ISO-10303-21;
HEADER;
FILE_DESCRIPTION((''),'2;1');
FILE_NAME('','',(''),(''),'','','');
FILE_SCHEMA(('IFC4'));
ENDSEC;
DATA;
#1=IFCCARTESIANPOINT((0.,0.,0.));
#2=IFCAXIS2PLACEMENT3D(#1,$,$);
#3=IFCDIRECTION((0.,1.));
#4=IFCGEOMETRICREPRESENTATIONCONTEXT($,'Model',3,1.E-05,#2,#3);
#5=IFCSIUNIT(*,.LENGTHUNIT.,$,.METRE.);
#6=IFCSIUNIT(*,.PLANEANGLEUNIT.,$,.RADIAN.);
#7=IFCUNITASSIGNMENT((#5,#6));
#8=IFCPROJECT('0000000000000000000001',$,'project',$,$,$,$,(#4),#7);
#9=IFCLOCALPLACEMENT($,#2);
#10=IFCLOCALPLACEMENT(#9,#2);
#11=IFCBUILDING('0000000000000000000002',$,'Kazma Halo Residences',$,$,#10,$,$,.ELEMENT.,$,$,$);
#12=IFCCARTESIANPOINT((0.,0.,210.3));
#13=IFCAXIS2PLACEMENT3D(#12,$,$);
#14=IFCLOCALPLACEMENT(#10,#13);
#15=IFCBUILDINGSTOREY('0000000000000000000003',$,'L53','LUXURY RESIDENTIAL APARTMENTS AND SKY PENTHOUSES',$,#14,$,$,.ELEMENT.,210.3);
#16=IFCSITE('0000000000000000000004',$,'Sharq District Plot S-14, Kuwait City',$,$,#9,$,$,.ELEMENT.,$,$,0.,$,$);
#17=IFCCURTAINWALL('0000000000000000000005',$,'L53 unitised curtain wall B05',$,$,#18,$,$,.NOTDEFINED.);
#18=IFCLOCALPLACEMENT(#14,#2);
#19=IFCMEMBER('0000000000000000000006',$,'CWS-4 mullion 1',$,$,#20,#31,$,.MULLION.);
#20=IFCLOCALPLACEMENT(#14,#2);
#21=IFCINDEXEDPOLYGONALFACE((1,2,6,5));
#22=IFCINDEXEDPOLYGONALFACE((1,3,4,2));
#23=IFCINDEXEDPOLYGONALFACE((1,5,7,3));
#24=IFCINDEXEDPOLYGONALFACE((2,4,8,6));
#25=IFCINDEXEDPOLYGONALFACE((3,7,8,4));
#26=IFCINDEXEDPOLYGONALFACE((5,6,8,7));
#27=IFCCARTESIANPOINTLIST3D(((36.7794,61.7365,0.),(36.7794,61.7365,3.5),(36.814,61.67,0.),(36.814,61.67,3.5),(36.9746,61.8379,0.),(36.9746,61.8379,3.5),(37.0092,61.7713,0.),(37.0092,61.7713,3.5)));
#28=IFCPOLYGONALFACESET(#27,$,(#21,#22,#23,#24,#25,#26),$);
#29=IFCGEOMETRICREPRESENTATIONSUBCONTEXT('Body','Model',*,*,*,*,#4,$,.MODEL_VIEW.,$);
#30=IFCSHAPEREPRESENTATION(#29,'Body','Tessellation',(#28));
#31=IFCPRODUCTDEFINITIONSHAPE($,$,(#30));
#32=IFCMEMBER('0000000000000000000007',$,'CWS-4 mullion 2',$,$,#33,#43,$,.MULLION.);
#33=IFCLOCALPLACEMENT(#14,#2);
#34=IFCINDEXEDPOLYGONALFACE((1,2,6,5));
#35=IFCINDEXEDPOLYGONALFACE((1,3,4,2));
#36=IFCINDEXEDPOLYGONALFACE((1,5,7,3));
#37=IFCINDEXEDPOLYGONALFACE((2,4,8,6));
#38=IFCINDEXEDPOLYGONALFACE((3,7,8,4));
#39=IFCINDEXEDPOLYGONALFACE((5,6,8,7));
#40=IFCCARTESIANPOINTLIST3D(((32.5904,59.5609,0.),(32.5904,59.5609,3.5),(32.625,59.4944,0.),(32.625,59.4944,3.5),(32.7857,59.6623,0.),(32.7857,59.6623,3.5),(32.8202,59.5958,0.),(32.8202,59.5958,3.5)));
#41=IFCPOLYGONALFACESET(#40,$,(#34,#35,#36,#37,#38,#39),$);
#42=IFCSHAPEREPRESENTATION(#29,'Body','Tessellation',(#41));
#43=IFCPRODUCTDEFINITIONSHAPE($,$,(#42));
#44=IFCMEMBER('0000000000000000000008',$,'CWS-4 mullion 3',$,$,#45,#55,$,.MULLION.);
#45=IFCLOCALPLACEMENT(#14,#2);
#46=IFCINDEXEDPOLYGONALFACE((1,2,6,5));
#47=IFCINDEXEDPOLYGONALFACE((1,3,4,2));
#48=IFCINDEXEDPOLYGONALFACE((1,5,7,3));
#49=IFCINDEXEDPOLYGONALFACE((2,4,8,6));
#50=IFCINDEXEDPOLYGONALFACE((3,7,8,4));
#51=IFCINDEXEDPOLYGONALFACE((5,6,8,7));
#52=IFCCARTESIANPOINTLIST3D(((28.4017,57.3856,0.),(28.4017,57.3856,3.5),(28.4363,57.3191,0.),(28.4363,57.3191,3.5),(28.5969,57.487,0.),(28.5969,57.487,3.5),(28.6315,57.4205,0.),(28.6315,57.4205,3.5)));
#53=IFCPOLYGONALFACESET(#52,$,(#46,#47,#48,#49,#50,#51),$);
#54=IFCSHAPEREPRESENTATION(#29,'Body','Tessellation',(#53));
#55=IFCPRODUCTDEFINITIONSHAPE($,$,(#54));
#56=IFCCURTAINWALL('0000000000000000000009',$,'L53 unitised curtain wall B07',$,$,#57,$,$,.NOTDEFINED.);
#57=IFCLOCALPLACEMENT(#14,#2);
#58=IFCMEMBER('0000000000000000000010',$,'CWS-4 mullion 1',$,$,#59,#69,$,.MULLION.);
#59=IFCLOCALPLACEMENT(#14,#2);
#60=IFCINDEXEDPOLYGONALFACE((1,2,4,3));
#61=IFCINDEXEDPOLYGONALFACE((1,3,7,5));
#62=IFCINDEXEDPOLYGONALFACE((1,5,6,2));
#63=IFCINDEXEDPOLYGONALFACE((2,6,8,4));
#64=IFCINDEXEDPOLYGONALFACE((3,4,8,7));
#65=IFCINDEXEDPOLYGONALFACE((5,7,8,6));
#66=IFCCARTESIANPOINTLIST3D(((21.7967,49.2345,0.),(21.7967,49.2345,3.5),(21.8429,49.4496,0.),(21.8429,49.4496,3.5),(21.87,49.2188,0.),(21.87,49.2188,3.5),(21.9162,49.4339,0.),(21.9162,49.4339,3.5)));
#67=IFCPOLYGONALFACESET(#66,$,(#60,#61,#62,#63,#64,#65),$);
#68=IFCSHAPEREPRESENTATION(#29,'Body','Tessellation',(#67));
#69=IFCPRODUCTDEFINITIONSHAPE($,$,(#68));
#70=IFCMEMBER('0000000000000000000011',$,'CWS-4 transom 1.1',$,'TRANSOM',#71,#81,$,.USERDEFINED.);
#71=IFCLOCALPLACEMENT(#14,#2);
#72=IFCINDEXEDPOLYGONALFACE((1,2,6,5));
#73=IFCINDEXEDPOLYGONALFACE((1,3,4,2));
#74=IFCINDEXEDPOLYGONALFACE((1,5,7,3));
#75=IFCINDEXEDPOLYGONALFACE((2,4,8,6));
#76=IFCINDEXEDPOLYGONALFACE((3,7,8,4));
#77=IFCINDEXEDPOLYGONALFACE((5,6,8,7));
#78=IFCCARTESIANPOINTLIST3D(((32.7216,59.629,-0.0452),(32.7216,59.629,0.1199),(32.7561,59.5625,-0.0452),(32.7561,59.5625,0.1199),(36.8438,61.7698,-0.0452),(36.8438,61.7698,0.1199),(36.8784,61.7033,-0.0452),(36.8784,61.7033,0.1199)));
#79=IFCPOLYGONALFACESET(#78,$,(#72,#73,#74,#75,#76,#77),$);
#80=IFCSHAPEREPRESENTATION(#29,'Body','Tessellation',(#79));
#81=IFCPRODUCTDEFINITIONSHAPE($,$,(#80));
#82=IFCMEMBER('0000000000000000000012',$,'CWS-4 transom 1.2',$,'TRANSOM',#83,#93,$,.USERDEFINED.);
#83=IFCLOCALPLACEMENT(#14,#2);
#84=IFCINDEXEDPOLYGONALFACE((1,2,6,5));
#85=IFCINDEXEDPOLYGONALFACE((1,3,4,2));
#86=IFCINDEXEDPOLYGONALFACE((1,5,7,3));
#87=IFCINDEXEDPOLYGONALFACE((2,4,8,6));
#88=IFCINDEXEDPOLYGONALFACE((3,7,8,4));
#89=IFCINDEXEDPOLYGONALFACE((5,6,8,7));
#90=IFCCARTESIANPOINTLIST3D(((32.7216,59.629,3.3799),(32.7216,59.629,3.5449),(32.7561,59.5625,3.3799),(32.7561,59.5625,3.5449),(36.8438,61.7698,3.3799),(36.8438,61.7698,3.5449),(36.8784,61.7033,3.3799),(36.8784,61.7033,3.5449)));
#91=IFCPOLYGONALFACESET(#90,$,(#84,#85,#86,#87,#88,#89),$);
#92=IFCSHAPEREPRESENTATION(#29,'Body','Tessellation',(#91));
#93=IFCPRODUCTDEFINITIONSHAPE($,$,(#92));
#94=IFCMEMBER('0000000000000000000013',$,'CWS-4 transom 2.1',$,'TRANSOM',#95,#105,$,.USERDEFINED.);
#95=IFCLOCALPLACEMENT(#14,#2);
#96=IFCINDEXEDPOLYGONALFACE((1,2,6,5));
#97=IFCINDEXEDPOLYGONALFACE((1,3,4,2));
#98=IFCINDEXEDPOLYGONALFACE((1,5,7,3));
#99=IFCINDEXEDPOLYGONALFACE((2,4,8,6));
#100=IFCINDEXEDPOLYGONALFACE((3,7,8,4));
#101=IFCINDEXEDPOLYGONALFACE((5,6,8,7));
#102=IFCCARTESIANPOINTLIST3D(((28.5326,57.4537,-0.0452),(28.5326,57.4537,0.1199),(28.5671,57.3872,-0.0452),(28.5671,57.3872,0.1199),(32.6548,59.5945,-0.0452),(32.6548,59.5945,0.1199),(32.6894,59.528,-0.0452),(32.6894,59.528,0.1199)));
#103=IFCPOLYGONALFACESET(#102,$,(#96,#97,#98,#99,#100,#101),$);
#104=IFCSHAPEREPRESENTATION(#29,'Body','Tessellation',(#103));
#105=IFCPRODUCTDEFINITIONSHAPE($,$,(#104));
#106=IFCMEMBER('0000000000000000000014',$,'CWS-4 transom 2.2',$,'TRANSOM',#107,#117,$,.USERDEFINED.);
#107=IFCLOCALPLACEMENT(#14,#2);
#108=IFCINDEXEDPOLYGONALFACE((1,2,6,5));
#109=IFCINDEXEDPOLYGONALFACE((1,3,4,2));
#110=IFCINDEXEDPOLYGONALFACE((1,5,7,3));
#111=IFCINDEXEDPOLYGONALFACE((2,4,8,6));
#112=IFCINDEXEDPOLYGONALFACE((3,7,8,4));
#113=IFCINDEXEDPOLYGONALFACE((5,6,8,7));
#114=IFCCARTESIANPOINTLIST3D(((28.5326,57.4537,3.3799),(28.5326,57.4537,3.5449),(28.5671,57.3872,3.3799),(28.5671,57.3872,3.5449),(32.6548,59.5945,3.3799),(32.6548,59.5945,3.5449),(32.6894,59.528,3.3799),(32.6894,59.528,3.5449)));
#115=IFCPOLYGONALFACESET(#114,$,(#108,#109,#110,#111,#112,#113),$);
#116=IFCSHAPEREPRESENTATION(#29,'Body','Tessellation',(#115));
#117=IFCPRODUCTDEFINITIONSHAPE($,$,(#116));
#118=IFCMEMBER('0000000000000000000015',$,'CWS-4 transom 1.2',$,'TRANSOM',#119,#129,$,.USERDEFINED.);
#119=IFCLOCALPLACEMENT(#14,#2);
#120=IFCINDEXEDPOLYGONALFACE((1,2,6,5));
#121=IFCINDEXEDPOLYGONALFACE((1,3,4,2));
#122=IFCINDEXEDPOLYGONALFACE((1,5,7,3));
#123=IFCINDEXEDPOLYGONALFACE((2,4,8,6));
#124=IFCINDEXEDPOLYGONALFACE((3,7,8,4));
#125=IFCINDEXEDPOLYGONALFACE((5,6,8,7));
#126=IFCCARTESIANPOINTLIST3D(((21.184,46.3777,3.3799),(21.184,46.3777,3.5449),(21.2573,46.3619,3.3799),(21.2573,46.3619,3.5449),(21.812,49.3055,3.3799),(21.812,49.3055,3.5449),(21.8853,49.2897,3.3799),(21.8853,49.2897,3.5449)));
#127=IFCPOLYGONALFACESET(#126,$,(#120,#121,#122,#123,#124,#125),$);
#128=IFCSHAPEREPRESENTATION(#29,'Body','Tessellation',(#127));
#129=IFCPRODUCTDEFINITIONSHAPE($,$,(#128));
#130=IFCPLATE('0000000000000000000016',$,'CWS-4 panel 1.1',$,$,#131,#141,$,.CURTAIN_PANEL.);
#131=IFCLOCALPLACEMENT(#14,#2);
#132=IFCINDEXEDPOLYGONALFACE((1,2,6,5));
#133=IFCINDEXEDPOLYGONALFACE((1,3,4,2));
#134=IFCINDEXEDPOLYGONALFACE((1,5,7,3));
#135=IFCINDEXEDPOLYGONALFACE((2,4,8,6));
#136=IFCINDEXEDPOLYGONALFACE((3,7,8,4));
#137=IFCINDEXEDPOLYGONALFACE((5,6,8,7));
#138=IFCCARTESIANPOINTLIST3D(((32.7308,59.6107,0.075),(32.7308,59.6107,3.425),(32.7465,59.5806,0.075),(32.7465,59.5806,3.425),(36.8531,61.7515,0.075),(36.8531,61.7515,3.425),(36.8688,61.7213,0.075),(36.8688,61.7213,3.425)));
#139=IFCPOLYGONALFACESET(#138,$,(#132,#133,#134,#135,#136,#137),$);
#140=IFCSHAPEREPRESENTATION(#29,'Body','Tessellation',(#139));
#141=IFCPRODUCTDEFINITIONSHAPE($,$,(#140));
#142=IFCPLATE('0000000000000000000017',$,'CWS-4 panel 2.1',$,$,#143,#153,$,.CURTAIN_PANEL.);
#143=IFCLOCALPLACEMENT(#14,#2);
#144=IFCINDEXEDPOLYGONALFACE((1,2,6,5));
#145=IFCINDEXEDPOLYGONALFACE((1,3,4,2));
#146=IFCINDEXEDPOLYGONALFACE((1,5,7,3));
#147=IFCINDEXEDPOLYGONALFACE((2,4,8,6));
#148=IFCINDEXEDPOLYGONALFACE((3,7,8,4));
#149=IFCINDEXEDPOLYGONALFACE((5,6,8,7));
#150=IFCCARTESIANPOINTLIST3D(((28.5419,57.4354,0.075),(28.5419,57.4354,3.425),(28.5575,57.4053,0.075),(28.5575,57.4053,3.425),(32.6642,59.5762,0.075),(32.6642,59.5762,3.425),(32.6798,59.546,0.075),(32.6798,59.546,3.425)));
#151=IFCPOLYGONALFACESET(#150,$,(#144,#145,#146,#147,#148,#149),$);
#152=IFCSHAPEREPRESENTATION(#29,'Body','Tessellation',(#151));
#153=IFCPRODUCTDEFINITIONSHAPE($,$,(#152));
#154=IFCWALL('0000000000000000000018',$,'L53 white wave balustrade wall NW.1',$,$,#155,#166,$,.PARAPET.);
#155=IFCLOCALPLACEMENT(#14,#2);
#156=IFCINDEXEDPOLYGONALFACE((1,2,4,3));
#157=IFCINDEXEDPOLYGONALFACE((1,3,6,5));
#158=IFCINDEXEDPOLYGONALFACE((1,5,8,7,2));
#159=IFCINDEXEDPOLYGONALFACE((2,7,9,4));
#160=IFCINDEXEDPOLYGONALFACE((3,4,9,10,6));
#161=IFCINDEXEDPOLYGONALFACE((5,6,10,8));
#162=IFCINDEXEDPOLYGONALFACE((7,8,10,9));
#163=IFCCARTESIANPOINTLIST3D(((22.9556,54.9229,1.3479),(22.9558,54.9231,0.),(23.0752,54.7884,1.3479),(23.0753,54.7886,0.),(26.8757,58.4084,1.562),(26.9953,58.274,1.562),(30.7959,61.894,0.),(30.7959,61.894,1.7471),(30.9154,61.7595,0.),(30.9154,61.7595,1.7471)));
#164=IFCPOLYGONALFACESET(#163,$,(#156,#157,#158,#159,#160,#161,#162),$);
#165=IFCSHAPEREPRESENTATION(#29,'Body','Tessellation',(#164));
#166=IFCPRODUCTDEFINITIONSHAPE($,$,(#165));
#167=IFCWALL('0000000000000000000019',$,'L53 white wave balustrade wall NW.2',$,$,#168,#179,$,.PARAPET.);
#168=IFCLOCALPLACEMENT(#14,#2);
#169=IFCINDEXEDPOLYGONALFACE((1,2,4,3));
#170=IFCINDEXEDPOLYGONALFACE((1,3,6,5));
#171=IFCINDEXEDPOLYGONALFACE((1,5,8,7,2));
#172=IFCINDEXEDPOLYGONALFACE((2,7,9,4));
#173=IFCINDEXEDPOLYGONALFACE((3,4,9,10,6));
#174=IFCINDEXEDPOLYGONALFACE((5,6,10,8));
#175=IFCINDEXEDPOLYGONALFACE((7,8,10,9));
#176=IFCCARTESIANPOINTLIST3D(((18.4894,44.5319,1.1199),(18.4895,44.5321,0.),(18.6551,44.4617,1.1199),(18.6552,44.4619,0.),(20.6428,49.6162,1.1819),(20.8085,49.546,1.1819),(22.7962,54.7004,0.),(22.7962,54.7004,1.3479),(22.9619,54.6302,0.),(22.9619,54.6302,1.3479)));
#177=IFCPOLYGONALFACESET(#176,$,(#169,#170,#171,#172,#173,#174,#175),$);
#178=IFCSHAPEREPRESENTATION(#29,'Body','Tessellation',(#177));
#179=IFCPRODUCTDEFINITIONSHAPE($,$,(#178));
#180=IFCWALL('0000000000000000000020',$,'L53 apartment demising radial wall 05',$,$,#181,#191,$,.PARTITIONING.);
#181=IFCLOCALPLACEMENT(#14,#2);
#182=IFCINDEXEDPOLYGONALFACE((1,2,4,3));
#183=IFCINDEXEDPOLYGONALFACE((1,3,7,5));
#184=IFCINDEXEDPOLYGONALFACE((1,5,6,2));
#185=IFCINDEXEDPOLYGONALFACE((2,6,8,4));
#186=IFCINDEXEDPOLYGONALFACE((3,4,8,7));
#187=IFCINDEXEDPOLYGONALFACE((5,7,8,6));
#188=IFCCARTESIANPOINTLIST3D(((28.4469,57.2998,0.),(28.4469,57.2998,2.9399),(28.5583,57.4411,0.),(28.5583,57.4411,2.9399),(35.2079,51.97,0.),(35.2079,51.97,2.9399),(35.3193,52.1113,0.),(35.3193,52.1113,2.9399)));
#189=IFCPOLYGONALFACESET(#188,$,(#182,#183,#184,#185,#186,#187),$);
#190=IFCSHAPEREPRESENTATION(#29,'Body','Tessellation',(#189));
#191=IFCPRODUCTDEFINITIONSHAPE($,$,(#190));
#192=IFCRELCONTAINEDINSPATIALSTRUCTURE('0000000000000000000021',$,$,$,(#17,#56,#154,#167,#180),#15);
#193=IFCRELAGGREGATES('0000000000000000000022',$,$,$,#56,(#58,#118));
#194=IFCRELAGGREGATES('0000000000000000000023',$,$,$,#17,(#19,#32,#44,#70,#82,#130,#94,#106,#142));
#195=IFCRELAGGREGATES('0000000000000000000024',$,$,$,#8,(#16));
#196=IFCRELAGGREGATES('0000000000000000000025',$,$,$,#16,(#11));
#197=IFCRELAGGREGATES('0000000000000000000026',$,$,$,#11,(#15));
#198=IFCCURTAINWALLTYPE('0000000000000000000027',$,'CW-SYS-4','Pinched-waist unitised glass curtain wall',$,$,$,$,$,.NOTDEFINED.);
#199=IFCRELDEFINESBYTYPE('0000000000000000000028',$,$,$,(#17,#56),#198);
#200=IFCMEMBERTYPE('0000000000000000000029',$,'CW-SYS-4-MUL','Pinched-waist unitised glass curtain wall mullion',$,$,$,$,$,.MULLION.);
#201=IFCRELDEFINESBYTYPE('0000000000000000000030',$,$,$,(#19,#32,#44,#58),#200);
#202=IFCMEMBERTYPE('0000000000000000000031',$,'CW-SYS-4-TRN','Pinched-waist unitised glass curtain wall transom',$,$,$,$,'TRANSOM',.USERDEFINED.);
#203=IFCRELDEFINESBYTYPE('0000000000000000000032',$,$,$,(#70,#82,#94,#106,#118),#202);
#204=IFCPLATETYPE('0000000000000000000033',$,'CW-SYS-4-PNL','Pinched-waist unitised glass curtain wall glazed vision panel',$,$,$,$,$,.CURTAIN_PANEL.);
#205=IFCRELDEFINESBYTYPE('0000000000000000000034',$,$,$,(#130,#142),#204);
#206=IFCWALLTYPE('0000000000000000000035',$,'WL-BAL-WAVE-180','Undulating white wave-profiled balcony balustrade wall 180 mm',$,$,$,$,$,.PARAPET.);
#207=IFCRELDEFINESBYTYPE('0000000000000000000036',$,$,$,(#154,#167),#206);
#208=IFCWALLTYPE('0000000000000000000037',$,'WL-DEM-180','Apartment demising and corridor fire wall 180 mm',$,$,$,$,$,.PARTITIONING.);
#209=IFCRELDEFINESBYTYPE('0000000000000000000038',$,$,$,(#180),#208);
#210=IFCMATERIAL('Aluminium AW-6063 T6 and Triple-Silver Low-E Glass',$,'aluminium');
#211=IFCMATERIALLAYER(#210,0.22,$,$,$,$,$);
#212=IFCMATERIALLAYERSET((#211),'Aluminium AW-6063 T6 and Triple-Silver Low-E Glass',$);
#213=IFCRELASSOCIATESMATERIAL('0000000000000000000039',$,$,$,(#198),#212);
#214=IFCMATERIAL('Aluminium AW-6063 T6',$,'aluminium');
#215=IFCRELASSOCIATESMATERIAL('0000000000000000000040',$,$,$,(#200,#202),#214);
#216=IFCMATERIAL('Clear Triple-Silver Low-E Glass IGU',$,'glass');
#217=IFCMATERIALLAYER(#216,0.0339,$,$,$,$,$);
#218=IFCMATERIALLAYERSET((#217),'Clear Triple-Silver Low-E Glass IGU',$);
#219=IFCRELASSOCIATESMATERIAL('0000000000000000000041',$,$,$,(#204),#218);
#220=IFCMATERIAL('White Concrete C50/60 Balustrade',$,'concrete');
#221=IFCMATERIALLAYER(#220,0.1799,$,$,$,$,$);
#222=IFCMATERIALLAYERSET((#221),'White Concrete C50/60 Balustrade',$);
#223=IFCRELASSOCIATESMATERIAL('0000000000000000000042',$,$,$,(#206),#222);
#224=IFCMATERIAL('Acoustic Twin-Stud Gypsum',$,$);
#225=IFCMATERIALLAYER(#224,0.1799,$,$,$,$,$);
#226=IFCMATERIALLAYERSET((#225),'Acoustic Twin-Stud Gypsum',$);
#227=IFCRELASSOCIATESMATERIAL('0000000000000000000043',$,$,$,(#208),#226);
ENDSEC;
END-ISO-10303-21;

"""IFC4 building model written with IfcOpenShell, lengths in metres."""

from ifc_helpers import new_model, si_unit, direction, frame, frame_2d, origin, origin_2d, place, context, subcontext, project, spatial, polyline, rectangle, outline, extrude, material, layer, layer_set, material_profile, profile_set, type_object, element, aggregate, save


model = new_model("IFC4")

# Units and contexts
model_context = context("Model", 3, precision=1e-05, world=origin(), true_north=direction((0.0, 1.0)))
body_context = subcontext(model_context, "Body", "Model", "MODEL_VIEW")
ifc_project = project(units=[si_unit("LENGTHUNIT", "METRE"), si_unit("PLANEANGLEUNIT", "RADIAN")], contexts=[model_context])

# Site, building, storey
site_placement = place(None, origin())
site = spatial("IfcSite", under=ifc_project, at=site_placement, Name="Sharq District Plot S-14, Kuwait City", CompositionType="ELEMENT", RefElevation=0.0)
building_placement = place(site_placement, origin())
building = spatial("IfcBuilding", under=site, at=building_placement, Name="Kazma Halo Residences", CompositionType="ELEMENT")
storey_placement = place(building_placement, frame((0.0, 0.0, 210.3)))
storey = spatial("IfcBuildingStorey", under=building, at=storey_placement, Name="L53", Description="LUXURY RESIDENTIAL APARTMENTS AND SKY PENTHOUSES", CompositionType="ELEMENT", Elevation=210.3)

# Curtain wall, members
ifc_material_1 = material(Name="Aluminium AW-6063 T6 and Triple-Silver Low-E Glass", Category="aluminium")
ifc_layer_1 = layer(ifc_material_1, 0.22)
ifc_layer_set_1 = layer_set([ifc_layer_1], Name="Aluminium AW-6063 T6 and Triple-Silver Low-E Glass")
curtain_wall_type = type_object("IfcCurtainWallType", Name="CW-SYS-4", Description="Pinched-waist unitised glass curtain wall", PredefinedType="NOTDEFINED", material=ifc_layer_set_1)
curtain_wall_1_placement = place(storey_placement, origin())
curtain_wall_1 = element("IfcCurtainWall", 1, at=curtain_wall_1_placement, inside=storey, type_object=curtain_wall_type, Name="L53 unitised curtain wall B05", PredefinedType="NOTDEFINED")
ifc_material_2 = material(Name="Aluminium AW-6063 T6", Category="aluminium")
ifc_material_profile_1 = material_profile(ifc_material_2, rectangle(XDim=0.075, YDim=0.22, at=origin_2d()), Name="CWM-75x220")
ifc_profile_set_1 = profile_set([ifc_material_profile_1], Name="Aluminium AW-6063 T6")
member_type_1 = type_object("IfcMemberType", Name="CW-SYS-4-MUL", Description="Pinched-waist unitised glass curtain wall mullion", PredefinedType="MULLION", material=ifc_profile_set_1)
member_1_placement = place(storey_placement, frame((36.8943, 61.7539, 0.0), z_axis=(0.0, 0.0, 1.0), x_axis=(0.460874, -0.887466, 0.0)))
member_1 = element("IfcMember", 2, at=member_1_placement, type_object=member_type_1, Name="CWS-4 mullion 1", PredefinedType="MULLION", context=body_context, shape_type="SweptSolid", body=[
    extrude(rectangle(XDim=0.075, YDim=0.22, at=origin_2d()), origin(), (0.0, 0.0, 1.0), 3.5),
])
member_2_placement = place(storey_placement, frame((32.7053, 59.5784, 0.0), z_axis=(0.0, 0.0, 1.0), x_axis=(0.460874, -0.887466, 0.0)))
member_2 = element("IfcMember", 3, at=member_2_placement, type_object=member_type_1, Name="CWS-4 mullion 2", PredefinedType="MULLION", context=body_context, shape_type="SweptSolid", body=[
    extrude(rectangle(XDim=0.075, YDim=0.22, at=origin_2d()), origin(), (0.0, 0.0, 1.0), 3.5),
])
member_3_placement = place(storey_placement, frame((28.5166, 57.4031, 0.0), z_axis=(0.0, 0.0, 1.0), x_axis=(0.460874, -0.887466, 0.0)))
member_3 = element("IfcMember", 4, at=member_3_placement, type_object=member_type_1, Name="CWS-4 mullion 3", PredefinedType="MULLION", context=body_context, shape_type="SweptSolid", body=[
    extrude(rectangle(XDim=0.075, YDim=0.22, at=origin_2d()), origin(), (0.0, 0.0, 1.0), 3.5),
])

# Curtain wall, member
curtain_wall_2_placement = place(storey_placement, origin())
curtain_wall_2 = element("IfcCurtainWall", 5, at=curtain_wall_2_placement, inside=storey, type_object=curtain_wall_type, Name="L53 unitised curtain wall B07", PredefinedType="NOTDEFINED")
member_4_placement = place(storey_placement, frame((21.8564, 49.3342, 0.0), z_axis=(0.0, 0.0, 1.0), x_axis=(0.977768, -0.20969, 0.0)))
member_4 = element("IfcMember", 6, at=member_4_placement, type_object=member_type_1, Name="CWS-4 mullion 1", PredefinedType="MULLION", context=body_context, shape_type="SweptSolid", body=[
    extrude(rectangle(XDim=0.075, YDim=0.22, at=origin_2d()), origin(), (0.0, 0.0, 1.0), 3.5),
])

# Members
ifc_material_profile_2 = material_profile(ifc_material_2, rectangle(XDim=0.075, YDim=0.165, at=origin_2d()), Name="CWT-75x165")
ifc_profile_set_2 = profile_set([ifc_material_profile_2], Name="Aluminium AW-6063 T6")
member_type_2 = type_object("IfcMemberType", Name="CW-SYS-4-TRN", Description="Pinched-waist unitised glass curtain wall transom", ElementType="TRANSOM", PredefinedType="USERDEFINED", material=ifc_profile_set_2)
member_5_placement = place(storey_placement, frame((36.8611, 61.7366, 0.0374), z_axis=(-0.887458, -0.460889, 0.0), x_axis=(0.460889, -0.887458, 0.0)))
member_5 = element("IfcMember", 7, at=member_5_placement, type_object=member_type_2, Name="CWS-4 transom 1.1", ObjectType="TRANSOM", PredefinedType="USERDEFINED", context=body_context, shape_type="SweptSolid", body=[
    extrude(rectangle(XDim=0.075, YDim=0.165, at=origin_2d()), origin(), (0.0, 0.0, 1.0), 4.645),
])
member_6_placement = place(storey_placement, frame((36.8611, 61.7366, 3.4624), z_axis=(-0.887458, -0.460889, 0.0), x_axis=(0.460889, -0.887458, 0.0)))
member_6 = element("IfcMember", 8, at=member_6_placement, type_object=member_type_2, Name="CWS-4 transom 1.2", ObjectType="TRANSOM", PredefinedType="USERDEFINED", context=body_context, shape_type="SweptSolid", body=[
    extrude(rectangle(XDim=0.075, YDim=0.165, at=origin_2d()), origin(), (0.0, 0.0, 1.0), 4.645),
])
member_7_placement = place(storey_placement, frame((32.6721, 59.5613, 0.0374), z_axis=(-0.887458, -0.460889, 0.0), x_axis=(0.460889, -0.887458, 0.0)))
member_7 = element("IfcMember", 9, at=member_7_placement, type_object=member_type_2, Name="CWS-4 transom 2.1", ObjectType="TRANSOM", PredefinedType="USERDEFINED", context=body_context, shape_type="SweptSolid", body=[
    extrude(rectangle(XDim=0.075, YDim=0.165, at=origin_2d()), origin(), (0.0, 0.0, 1.0), 4.645),
])
member_8_placement = place(storey_placement, frame((32.6721, 59.5613, 3.4624), z_axis=(-0.887458, -0.460889, 0.0), x_axis=(0.460889, -0.887458, 0.0)))
member_8 = element("IfcMember", 10, at=member_8_placement, type_object=member_type_2, Name="CWS-4 transom 2.2", ObjectType="TRANSOM", PredefinedType="USERDEFINED", context=body_context, shape_type="SweptSolid", body=[
    extrude(rectangle(XDim=0.075, YDim=0.165, at=origin_2d()), origin(), (0.0, 0.0, 1.0), 4.645),
])
member_9_placement = place(storey_placement, frame((21.8486, 49.2976, 3.4624), z_axis=(-0.209707, -0.977764, 0.0), x_axis=(0.977764, -0.209707, 0.0)))
member_9 = element("IfcMember", 11, at=member_9_placement, type_object=member_type_2, Name="CWS-4 transom 1.2", ObjectType="TRANSOM", PredefinedType="USERDEFINED", context=body_context, shape_type="SweptSolid", body=[
    extrude(rectangle(XDim=0.075, YDim=0.165, at=origin_2d()), origin(), (0.0, 0.0, 1.0), 2.9944),
])
aggregate(curtain_wall_2, [member_4, member_9])

# Plates
ifc_material_3 = material(Name="Clear Triple-Silver Low-E Glass IGU", Category="glass")
ifc_layer_2 = layer(ifc_material_3, 0.0339)
ifc_layer_set_2 = layer_set([ifc_layer_2], Name="Clear Triple-Silver Low-E Glass IGU")
plate_type = type_object("IfcPlateType", Name="CW-SYS-4-PNL", Description="Pinched-waist unitised glass curtain wall glazed vision panel", PredefinedType="CURTAIN_PANEL", material=ifc_layer_set_2)
plate_1_placement = place(storey_placement, frame((34.7998, 60.666, 0.075), z_axis=(0.0, 0.0, 1.0), x_axis=(-0.887466, -0.460874, 0.0)))
plate_1 = element("IfcPlate", 12, at=plate_1_placement, type_object=plate_type, Name="CWS-4 panel 1.1", PredefinedType="CURTAIN_PANEL", context=body_context, shape_type="SweptSolid", body=[
    extrude(rectangle(XDim=4.645, YDim=0.0339, at=origin_2d()), origin(), (0.0, 0.0, 1.0), 3.3501),
])
plate_2_placement = place(storey_placement, frame((30.6108, 58.4907, 0.075), z_axis=(0.0, 0.0, 1.0), x_axis=(-0.887466, -0.460874, 0.0)))
plate_2 = element("IfcPlate", 13, at=plate_2_placement, type_object=plate_type, Name="CWS-4 panel 2.1", PredefinedType="CURTAIN_PANEL", context=body_context, shape_type="SweptSolid", body=[
    extrude(rectangle(XDim=4.645, YDim=0.0339, at=origin_2d()), origin(), (0.0, 0.0, 1.0), 3.3501),
])
aggregate(curtain_wall_1, [member_1, member_2, member_3, member_5, member_6, plate_1, member_7, member_8, plate_2])

# Walls
ifc_material_4 = material(Name="White Concrete C50/60 Balustrade", Category="concrete")
ifc_layer_3 = layer(ifc_material_4, 0.1799)
ifc_layer_set_3 = layer_set([ifc_layer_3], Name="White Concrete C50/60 Balustrade")
wall_type_1 = type_object("IfcWallType", Name="WL-BAL-WAVE-180", Description="Undulating white wave-profiled balcony balustrade wall 180 mm", PredefinedType="PARAPET", material=ifc_layer_set_3)
wall_1_placement = place(storey_placement, frame((30.8557, 61.8267, 0.0), z_axis=(0.0, 0.0, 1.0), x_axis=(-0.747316, -0.664469, 0.0)))
element("IfcWall", 14, at=wall_1_placement, inside=storey, type_object=wall_type_1, Name="L53 white wave balustrade wall NW.1", PredefinedType="PARAPET", context=body_context, shape_type="SweptSolid", body=[
    extrude(outline(polyline([(0.0, 0.0), (10.491, 0.0), (10.4912, 1.3479), (5.2456, 1.562), (0.0, 1.7471), (0.0, 0.0)])), frame((0.0, 0.0898, 0.0), z_axis=(0.0, -1.0, 0.0), x_axis=(1.0, 0.0, 0.0)), (0.0, 0.0, 1.0), 0.1799),
])
wall_2_placement = place(storey_placement, frame((22.8792, 54.6653, 0.0), z_axis=(0.0, 0.0, 1.0), x_axis=(-0.390001, -0.920814, 0.0)))
element("IfcWall", 15, at=wall_2_placement, inside=storey, type_object=wall_type_1, Name="L53 white wave balustrade wall NW.2", PredefinedType="PARAPET", context=body_context, shape_type="SweptSolid", body=[
    extrude(outline(polyline([(0.0, 0.0), (11.0427, 0.0), (11.043, 1.1199), (5.5215, 1.1819), (0.0, 1.3479), (0.0, 0.0)])), frame((0.0, 0.0898, 0.0), z_axis=(0.0, -1.0, 0.0), x_axis=(1.0, 0.0, 0.0)), (0.0, 0.0, 1.0), 0.1799),
])
ifc_material_5 = material(Name="Acoustic Twin-Stud Gypsum")
ifc_layer_4 = layer(ifc_material_5, 0.1799)
ifc_layer_set_4 = layer_set([ifc_layer_4], Name="Acoustic Twin-Stud Gypsum")
wall_type_2 = type_object("IfcWallType", Name="WL-DEM-180", Description="Apartment demising and corridor fire wall 180 mm", PredefinedType="PARTITIONING", material=ifc_layer_set_4)
wall_3_placement = place(storey_placement, frame((35.2637, 52.0405, 0.0), z_axis=(0.0, 0.0, 1.0), x_axis=(-0.785322, 0.619087, 0.0)))
element("IfcWall", 16, at=wall_3_placement, inside=storey, type_object=wall_type_2, Name="L53 apartment demising radial wall 05", PredefinedType="PARTITIONING", context=body_context, shape_type="SweptSolid", body=[
    extrude(rectangle(XDim=8.6091, YDim=0.1799, at=frame_2d((4.3047, 0.0))), origin(), (0.0, 0.0, 1.0), 2.9399),
])

save(model, "model.ifc")
